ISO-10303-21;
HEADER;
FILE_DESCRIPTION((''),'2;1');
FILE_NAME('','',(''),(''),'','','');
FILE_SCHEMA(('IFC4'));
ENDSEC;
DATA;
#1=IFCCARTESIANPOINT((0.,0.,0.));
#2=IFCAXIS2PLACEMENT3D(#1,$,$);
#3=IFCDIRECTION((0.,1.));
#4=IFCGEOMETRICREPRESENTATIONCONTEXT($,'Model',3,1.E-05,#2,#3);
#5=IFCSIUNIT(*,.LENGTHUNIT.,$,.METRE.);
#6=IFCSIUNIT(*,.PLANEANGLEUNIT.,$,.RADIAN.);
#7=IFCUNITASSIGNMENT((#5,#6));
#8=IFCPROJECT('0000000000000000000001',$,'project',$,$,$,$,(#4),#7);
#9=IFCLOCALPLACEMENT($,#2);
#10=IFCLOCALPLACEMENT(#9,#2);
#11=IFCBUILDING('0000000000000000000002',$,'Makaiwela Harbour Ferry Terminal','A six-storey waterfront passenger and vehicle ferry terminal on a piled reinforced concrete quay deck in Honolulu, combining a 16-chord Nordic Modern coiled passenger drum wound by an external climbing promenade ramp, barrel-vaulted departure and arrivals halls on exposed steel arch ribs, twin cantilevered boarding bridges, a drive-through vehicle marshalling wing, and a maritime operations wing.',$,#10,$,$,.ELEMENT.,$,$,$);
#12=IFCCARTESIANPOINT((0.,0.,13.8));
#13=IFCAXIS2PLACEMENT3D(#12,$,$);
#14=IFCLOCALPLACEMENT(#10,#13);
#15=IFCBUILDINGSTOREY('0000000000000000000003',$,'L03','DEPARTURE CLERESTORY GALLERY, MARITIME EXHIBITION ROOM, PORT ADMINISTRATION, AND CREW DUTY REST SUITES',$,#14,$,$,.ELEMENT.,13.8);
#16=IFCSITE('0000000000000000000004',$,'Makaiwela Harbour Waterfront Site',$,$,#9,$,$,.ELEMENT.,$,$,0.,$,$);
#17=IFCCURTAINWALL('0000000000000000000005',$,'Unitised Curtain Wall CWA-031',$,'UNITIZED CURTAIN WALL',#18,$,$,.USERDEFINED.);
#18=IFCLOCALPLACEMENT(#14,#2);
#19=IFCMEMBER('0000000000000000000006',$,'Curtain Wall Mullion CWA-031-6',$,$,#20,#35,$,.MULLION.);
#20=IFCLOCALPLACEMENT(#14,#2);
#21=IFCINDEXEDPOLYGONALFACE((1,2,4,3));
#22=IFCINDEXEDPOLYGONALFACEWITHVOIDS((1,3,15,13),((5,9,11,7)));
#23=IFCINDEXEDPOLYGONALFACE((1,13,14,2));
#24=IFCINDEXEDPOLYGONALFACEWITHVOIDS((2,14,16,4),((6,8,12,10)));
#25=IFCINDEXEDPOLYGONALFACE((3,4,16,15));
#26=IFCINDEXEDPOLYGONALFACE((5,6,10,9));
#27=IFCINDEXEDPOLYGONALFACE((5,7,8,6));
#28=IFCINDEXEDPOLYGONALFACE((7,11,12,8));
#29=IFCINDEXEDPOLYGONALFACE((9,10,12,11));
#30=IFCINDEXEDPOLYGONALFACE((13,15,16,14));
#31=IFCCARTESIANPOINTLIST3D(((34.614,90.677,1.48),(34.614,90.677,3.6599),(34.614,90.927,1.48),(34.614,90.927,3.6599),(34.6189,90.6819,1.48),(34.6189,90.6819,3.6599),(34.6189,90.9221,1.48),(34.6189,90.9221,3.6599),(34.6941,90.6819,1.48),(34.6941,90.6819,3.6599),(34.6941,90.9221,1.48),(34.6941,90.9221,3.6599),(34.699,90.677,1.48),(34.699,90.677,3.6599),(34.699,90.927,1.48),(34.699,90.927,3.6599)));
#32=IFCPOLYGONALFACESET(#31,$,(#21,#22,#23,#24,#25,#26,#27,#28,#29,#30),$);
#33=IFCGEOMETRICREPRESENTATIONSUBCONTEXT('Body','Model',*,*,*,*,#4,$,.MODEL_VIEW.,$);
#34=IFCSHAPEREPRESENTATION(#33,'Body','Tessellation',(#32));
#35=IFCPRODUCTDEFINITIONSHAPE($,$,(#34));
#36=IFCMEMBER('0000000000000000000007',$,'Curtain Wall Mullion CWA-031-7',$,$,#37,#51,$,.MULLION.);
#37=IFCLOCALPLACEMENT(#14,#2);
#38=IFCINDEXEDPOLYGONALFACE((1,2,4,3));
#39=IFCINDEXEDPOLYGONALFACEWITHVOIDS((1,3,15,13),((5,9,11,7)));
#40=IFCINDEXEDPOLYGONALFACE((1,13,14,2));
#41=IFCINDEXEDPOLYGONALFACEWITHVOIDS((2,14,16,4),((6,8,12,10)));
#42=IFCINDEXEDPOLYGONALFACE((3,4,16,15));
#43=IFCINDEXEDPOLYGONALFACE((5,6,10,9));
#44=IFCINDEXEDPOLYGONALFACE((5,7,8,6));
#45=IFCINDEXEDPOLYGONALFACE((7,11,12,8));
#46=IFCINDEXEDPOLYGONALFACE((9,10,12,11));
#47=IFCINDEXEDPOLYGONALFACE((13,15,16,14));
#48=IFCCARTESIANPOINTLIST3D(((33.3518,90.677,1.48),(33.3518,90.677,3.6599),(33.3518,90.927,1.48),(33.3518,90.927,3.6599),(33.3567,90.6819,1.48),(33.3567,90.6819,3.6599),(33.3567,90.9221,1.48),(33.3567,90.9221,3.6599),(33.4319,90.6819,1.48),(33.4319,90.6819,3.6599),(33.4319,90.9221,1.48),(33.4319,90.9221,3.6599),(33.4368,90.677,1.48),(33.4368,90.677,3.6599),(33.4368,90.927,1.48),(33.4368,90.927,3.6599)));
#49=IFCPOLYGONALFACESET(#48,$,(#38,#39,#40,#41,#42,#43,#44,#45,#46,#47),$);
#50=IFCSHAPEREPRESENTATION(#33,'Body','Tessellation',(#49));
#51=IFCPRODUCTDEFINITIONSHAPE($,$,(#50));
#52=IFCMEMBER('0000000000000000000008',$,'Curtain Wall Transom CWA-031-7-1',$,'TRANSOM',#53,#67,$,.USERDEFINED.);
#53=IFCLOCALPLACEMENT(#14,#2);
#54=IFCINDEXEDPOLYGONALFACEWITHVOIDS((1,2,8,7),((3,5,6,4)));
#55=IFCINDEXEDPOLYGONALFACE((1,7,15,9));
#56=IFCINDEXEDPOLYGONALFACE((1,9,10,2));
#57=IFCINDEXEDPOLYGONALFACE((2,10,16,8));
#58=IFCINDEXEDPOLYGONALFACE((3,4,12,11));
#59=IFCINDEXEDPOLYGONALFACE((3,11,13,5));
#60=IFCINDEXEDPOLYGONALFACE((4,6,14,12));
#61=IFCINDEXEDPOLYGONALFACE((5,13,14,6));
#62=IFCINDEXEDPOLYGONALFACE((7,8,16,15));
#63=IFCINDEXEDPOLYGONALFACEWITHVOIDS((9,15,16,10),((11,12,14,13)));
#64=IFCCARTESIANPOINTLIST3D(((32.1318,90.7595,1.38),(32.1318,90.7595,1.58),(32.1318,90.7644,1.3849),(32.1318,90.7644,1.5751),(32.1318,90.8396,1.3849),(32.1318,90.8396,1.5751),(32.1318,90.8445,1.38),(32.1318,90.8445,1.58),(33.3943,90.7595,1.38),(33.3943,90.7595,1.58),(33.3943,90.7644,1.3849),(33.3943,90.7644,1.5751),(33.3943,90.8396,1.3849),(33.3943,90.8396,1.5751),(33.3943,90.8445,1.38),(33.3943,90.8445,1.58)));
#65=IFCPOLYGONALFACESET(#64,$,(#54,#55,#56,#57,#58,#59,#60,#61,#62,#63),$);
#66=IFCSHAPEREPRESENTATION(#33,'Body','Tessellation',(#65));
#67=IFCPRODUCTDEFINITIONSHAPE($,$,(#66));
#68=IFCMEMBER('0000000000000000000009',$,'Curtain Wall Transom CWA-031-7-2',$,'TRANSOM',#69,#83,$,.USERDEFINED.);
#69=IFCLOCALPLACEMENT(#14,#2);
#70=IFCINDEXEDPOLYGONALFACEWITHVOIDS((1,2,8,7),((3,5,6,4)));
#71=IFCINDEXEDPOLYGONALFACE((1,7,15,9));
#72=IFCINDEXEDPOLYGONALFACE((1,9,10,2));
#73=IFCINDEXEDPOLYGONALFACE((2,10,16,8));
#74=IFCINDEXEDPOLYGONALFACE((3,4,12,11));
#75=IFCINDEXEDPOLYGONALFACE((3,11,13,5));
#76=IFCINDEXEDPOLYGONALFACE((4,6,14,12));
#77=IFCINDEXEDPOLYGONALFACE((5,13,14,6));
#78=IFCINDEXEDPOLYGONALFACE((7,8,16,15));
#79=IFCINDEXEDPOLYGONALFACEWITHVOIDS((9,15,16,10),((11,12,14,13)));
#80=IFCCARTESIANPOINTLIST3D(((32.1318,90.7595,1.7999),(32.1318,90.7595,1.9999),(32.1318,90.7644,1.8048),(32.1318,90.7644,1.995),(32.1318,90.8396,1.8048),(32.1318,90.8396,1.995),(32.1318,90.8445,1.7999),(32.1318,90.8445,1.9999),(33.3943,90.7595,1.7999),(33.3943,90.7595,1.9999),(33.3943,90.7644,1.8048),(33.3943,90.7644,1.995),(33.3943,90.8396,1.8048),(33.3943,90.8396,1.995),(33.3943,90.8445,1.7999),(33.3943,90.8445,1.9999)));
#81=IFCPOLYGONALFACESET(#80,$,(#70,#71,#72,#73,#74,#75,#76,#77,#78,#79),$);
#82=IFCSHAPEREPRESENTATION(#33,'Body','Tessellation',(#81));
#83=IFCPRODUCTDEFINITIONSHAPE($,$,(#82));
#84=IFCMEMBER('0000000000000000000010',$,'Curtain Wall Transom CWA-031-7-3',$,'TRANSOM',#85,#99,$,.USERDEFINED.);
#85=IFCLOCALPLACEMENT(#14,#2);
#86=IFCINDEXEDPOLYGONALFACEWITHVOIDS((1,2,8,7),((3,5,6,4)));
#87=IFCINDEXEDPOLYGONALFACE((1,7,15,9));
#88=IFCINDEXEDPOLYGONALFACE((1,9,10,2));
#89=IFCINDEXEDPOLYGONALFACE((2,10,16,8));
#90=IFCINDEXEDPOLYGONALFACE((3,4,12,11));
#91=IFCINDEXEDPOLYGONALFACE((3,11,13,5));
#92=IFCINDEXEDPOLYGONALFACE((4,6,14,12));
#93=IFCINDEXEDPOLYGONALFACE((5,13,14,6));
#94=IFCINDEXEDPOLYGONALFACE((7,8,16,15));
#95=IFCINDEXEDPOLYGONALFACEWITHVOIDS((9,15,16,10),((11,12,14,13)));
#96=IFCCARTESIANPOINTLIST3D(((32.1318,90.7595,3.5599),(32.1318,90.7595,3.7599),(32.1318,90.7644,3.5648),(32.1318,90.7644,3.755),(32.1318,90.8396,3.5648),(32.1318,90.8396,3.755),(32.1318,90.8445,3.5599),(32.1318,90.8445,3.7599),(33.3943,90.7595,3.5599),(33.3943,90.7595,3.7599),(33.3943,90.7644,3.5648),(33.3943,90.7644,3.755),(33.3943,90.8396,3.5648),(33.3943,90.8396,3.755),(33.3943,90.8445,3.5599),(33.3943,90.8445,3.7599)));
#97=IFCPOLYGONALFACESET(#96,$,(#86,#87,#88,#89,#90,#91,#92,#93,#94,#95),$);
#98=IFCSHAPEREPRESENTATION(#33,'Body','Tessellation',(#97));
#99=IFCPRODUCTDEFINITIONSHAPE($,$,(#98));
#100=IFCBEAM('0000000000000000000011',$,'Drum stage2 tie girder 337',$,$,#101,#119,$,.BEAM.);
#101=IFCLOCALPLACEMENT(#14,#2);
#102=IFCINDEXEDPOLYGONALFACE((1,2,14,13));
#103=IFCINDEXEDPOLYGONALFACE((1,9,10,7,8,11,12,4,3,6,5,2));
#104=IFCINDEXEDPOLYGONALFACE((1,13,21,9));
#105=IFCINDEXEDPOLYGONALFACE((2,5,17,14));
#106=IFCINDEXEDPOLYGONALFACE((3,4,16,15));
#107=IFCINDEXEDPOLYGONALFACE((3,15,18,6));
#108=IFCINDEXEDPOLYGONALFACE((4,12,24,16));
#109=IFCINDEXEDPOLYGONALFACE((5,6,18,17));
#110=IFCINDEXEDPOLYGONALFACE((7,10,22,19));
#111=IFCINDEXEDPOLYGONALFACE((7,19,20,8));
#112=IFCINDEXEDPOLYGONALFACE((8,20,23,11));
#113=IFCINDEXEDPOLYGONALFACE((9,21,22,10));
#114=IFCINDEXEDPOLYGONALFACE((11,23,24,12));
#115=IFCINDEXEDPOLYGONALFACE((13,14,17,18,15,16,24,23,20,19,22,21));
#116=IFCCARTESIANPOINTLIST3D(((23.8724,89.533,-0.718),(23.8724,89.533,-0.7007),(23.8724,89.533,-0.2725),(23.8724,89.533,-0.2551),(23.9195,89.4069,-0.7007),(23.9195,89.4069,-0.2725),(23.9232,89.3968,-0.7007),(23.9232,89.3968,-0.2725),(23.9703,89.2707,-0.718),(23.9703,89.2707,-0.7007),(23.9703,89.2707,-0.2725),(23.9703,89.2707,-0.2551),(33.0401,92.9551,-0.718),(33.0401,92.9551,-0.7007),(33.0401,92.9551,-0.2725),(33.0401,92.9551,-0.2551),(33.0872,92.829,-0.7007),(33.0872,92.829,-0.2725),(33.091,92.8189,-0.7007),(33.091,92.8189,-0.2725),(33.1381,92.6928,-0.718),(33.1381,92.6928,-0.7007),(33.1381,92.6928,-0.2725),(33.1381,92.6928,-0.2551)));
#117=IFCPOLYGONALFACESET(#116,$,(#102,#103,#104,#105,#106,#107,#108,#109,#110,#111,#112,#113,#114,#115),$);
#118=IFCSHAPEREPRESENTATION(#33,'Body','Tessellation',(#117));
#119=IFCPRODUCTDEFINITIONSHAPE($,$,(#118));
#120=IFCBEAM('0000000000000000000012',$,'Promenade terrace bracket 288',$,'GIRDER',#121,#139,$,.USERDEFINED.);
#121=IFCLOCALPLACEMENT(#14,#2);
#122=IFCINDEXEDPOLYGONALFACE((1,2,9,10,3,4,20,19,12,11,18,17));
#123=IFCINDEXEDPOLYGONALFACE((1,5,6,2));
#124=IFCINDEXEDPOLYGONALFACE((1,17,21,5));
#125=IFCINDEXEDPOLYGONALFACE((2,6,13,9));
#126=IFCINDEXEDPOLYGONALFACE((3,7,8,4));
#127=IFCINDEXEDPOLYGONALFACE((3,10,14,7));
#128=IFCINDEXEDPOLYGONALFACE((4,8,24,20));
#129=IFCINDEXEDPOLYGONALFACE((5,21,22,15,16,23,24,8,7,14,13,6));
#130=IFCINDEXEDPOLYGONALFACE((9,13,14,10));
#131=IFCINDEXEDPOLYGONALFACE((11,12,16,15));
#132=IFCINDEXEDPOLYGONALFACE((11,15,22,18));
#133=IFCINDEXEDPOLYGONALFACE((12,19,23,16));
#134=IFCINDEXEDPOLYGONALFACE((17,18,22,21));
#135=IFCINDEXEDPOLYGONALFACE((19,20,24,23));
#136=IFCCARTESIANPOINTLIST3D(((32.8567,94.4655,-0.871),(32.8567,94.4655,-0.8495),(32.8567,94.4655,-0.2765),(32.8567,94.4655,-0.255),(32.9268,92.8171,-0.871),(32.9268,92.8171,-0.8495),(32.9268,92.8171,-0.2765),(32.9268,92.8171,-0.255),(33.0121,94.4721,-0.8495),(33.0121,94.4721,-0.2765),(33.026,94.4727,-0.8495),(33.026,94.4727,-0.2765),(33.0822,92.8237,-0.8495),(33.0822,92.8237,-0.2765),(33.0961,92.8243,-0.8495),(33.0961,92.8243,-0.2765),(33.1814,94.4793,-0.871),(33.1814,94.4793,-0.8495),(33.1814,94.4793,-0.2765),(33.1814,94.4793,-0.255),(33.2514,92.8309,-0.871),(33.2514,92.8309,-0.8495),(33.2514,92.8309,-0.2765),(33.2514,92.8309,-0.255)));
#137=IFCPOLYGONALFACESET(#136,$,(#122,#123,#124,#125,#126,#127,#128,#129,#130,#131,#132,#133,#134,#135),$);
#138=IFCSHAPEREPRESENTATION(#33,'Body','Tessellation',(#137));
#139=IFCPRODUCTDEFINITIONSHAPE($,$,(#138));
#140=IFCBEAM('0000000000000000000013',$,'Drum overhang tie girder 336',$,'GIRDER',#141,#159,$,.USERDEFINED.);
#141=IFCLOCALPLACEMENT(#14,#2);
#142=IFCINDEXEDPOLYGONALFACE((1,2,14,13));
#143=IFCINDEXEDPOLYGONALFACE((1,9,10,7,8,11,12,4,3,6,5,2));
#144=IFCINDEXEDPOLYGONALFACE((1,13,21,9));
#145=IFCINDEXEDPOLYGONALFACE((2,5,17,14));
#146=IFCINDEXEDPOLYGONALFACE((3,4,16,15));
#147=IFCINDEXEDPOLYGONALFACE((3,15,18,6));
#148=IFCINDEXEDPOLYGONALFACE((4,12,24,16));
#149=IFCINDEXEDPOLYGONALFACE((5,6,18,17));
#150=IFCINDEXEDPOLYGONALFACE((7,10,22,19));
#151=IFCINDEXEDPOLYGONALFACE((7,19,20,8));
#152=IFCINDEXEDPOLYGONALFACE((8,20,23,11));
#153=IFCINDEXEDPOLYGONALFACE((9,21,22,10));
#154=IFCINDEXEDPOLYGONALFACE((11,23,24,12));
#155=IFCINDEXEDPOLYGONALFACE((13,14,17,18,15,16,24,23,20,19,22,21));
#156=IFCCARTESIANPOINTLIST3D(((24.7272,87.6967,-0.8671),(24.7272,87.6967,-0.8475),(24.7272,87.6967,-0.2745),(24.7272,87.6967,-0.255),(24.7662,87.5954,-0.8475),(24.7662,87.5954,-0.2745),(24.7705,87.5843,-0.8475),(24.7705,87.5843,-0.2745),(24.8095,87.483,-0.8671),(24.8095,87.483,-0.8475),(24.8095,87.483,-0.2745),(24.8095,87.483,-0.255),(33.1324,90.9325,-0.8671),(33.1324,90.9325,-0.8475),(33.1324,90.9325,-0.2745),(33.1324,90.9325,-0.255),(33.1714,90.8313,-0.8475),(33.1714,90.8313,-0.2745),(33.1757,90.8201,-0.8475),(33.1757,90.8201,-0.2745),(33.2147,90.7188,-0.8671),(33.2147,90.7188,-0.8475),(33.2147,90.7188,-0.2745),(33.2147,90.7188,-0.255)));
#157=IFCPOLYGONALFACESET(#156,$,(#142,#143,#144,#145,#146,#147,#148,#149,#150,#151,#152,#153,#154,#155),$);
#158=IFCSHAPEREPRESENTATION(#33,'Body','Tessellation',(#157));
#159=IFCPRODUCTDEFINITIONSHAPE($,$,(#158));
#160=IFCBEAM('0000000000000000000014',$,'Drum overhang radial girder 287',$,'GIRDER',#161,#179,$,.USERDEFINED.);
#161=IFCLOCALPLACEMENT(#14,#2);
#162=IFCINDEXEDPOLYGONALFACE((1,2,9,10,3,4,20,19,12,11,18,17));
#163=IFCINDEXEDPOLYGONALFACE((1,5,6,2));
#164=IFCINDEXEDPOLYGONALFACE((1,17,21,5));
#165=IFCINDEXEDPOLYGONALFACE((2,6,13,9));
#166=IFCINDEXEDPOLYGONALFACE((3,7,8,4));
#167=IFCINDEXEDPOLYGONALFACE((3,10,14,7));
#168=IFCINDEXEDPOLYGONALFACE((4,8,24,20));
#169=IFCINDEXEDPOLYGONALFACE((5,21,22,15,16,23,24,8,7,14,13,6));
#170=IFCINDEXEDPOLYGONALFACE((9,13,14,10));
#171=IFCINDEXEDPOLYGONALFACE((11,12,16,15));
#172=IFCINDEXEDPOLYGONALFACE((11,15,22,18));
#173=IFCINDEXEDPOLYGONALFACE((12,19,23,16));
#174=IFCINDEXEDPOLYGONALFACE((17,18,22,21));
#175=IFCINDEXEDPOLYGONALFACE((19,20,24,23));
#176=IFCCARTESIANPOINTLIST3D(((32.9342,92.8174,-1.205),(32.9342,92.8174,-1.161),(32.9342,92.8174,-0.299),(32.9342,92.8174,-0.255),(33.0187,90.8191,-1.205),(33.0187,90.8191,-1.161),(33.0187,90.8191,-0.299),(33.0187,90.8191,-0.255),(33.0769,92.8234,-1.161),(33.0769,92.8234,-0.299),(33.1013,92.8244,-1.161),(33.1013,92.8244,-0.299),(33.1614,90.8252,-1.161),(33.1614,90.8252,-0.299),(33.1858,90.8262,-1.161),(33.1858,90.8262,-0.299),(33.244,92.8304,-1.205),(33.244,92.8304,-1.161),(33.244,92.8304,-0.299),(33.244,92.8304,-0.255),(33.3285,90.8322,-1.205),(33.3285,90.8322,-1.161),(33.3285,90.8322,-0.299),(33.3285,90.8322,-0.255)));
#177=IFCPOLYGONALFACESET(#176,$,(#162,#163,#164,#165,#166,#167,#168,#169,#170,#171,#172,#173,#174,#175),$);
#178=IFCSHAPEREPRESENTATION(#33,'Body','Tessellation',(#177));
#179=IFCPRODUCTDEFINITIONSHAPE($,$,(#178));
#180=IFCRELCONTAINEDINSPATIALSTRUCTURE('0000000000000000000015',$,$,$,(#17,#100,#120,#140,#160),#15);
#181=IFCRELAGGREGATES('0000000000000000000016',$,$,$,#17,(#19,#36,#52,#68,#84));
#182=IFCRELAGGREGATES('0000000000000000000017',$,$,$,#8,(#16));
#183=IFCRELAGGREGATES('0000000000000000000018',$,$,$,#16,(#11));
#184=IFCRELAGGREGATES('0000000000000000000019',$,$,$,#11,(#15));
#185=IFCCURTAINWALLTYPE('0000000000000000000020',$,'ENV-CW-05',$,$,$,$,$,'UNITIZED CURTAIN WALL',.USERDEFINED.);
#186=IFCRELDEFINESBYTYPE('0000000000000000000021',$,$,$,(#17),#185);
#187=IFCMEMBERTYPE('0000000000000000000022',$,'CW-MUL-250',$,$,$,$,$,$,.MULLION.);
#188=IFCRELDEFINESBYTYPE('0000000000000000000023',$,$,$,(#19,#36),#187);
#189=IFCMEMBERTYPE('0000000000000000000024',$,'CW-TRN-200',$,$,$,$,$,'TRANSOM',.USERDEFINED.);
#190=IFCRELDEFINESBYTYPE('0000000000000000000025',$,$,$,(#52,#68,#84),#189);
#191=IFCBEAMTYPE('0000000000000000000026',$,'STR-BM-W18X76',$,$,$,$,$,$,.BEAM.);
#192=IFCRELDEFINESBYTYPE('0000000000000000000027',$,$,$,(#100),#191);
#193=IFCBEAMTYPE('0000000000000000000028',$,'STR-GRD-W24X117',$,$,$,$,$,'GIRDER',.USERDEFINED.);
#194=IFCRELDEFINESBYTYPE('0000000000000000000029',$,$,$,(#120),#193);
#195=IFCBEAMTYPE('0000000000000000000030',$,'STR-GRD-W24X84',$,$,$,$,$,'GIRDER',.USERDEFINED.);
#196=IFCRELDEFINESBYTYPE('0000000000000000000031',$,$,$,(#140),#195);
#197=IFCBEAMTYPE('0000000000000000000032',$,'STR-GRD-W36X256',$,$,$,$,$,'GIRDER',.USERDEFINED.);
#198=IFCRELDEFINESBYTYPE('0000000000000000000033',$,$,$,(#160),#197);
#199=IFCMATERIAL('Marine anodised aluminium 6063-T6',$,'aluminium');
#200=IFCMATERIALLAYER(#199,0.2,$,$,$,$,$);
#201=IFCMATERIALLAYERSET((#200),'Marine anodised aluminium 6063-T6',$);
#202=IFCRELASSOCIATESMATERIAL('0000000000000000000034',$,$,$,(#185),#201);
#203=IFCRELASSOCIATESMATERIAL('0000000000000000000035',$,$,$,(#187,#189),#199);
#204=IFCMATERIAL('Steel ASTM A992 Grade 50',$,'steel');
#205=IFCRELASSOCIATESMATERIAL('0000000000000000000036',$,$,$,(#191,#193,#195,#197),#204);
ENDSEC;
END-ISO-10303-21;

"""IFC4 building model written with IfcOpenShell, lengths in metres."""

from ifc_helpers import new_model, si_unit, direction, frame, origin, origin_2d, place, context, subcontext, project, spatial, hollow_rectangle, i_section, extrude, material, layer, layer_set, material_profile, profile_set, type_object, element, aggregate, save


model = new_model("IFC4")

# Units and contexts
model_context = context("Model", 3, precision=1e-05, world=origin(), true_north=direction((0.0, 1.0)))
body_context = subcontext(model_context, "Body", "Model", "MODEL_VIEW")
ifc_project = project(units=[si_unit("LENGTHUNIT", "METRE"), si_unit("PLANEANGLEUNIT", "RADIAN")], contexts=[model_context])

# Site, building, storey
site_placement = place(None, origin())
site = spatial("IfcSite", under=ifc_project, at=site_placement, Name="Makaiwela Harbour Waterfront Site", CompositionType="ELEMENT", RefElevation=0.0)
building_placement = place(site_placement, origin())
building = spatial("IfcBuilding", under=site, at=building_placement, Name="Makaiwela Harbour Ferry Terminal", Description="A six-storey waterfront passenger and vehicle ferry terminal on a piled reinforced concrete quay deck in Honolulu, combining a 16-chord Nordic Modern coiled passenger drum wound by an external climbing promenade ramp, barrel-vaulted departure and arrivals halls on exposed steel arch ribs, twin cantilevered boarding bridges, a drive-through vehicle marshalling wing, and a maritime operations wing.", CompositionType="ELEMENT")
storey_placement = place(building_placement, frame((0.0, 0.0, 13.8)))
storey = spatial("IfcBuildingStorey", under=building, at=storey_placement, Name="L03", Description="DEPARTURE CLERESTORY GALLERY, MARITIME EXHIBITION ROOM, PORT ADMINISTRATION, AND CREW DUTY REST SUITES", CompositionType="ELEMENT", Elevation=13.8)

# Curtain wall, members
ifc_material_1 = material(Name="Marine anodised aluminium 6063-T6", Category="aluminium")
ifc_layer_1 = layer(ifc_material_1, 0.2)
ifc_layer_set_1 = layer_set([ifc_layer_1], Name="Marine anodised aluminium 6063-T6")
curtain_wall_type = type_object("IfcCurtainWallType", Name="ENV-CW-05", ElementType="UNITIZED CURTAIN WALL", PredefinedType="USERDEFINED", material=ifc_layer_set_1)
curtain_wall_placement = place(storey_placement, origin())
curtain_wall = element("IfcCurtainWall", 1, at=curtain_wall_placement, inside=storey, type_object=curtain_wall_type, Name="Unitised Curtain Wall CWA-031", ObjectType="UNITIZED CURTAIN WALL", PredefinedType="USERDEFINED")
ifc_material_profile_1 = material_profile(ifc_material_1, hollow_rectangle(XDim=0.085, YDim=0.25, WallThickness=0.0049, at=origin_2d()), Name="CWM-250X85")
ifc_profile_set_1 = profile_set([ifc_material_profile_1], Name="Marine anodised aluminium 6063-T6")
member_type_1 = type_object("IfcMemberType", Name="CW-MUL-250", PredefinedType="MULLION", material=ifc_profile_set_1)
member_1_placement = place(storey_placement, frame((34.6565, 90.802, 1.48), z_axis=(0.0, 0.0, 1.0), x_axis=(1.0, 0.0, 0.0)))
member_1 = element("IfcMember", 2, at=member_1_placement, type_object=member_type_1, Name="Curtain Wall Mullion CWA-031-6", PredefinedType="MULLION", context=body_context, shape_type="SweptSolid", body=[
    extrude(hollow_rectangle(XDim=0.085, YDim=0.25, WallThickness=0.0049, at=origin_2d()), origin(), (0.0, 0.0, 1.0), 2.1799),
])
member_2_placement = place(storey_placement, frame((33.3943, 90.802, 1.48), z_axis=(0.0, 0.0, 1.0), x_axis=(1.0, 0.0, 0.0)))
member_2 = element("IfcMember", 3, at=member_2_placement, type_object=member_type_1, Name="Curtain Wall Mullion CWA-031-7", PredefinedType="MULLION", context=body_context, shape_type="SweptSolid", body=[
    extrude(hollow_rectangle(XDim=0.085, YDim=0.25, WallThickness=0.0049, at=origin_2d()), origin(), (0.0, 0.0, 1.0), 2.1799),
])
ifc_material_profile_2 = material_profile(ifc_material_1, hollow_rectangle(XDim=0.085, YDim=0.2, WallThickness=0.0049, at=origin_2d()), Name="CWT-200X85")
ifc_profile_set_2 = profile_set([ifc_material_profile_2], Name="Marine anodised aluminium 6063-T6")
member_type_2 = type_object("IfcMemberType", Name="CW-TRN-200", ElementType="TRANSOM", PredefinedType="USERDEFINED", material=ifc_profile_set_2)
member_3_placement = place(storey_placement, frame((33.3943, 90.802, 1.48), z_axis=(-1.0, 0.0, 0.0), x_axis=(0.0, -1.0, 0.0)))
member_3 = element("IfcMember", 4, at=member_3_placement, type_object=member_type_2, Name="Curtain Wall Transom CWA-031-7-1", ObjectType="TRANSOM", PredefinedType="USERDEFINED", context=body_context, shape_type="SweptSolid", body=[
    extrude(hollow_rectangle(XDim=0.085, YDim=0.2, WallThickness=0.0049, at=origin_2d()), origin(), (0.0, 0.0, 1.0), 1.2625),
])
member_4_placement = place(storey_placement, frame((33.3943, 90.802, 1.8999), z_axis=(-1.0, 0.0, 0.0), x_axis=(0.0, -1.0, 0.0)))
member_4 = element("IfcMember", 5, at=member_4_placement, type_object=member_type_2, Name="Curtain Wall Transom CWA-031-7-2", ObjectType="TRANSOM", PredefinedType="USERDEFINED", context=body_context, shape_type="SweptSolid", body=[
    extrude(hollow_rectangle(XDim=0.085, YDim=0.2, WallThickness=0.0049, at=origin_2d()), origin(), (0.0, 0.0, 1.0), 1.2625),
])
member_5_placement = place(storey_placement, frame((33.3943, 90.802, 3.6599), z_axis=(-1.0, 0.0, 0.0), x_axis=(0.0, -1.0, 0.0)))
member_5 = element("IfcMember", 6, at=member_5_placement, type_object=member_type_2, Name="Curtain Wall Transom CWA-031-7-3", ObjectType="TRANSOM", PredefinedType="USERDEFINED", context=body_context, shape_type="SweptSolid", body=[
    extrude(hollow_rectangle(XDim=0.085, YDim=0.2, WallThickness=0.0049, at=origin_2d()), origin(), (0.0, 0.0, 1.0), 1.2625),
])

# Beams
ifc_material_2 = material(Name="Steel ASTM A992 Grade 50", Category="steel")
ifc_material_profile_3 = material_profile(ifc_material_2, i_section(OverallWidth=0.28, OverallDepth=0.4629, WebThickness=0.0107, FlangeThickness=0.0173, at=origin_2d()), Name="W18X76")
ifc_profile_set_3 = profile_set([ifc_material_profile_3], Name="Steel ASTM A992 Grade 50")
beam_type_1 = type_object("IfcBeamType", Name="STR-BM-W18X76", PredefinedType="BEAM", material=ifc_profile_set_3)
beam_1_placement = place(storey_placement, frame((33.0891, 92.824, -0.4866), z_axis=(-0.936858, -0.349709, 0.0), x_axis=(0.349709, -0.936858, 0.0)))
element("IfcBeam", 7, at=beam_1_placement, inside=storey, type_object=beam_type_1, Name="Drum stage2 tie girder 337", PredefinedType="BEAM", context=body_context, shape_type="SweptSolid", body=[
    extrude(i_section(OverallWidth=0.28, OverallDepth=0.4629, WebThickness=0.0107, FlangeThickness=0.0173, at=origin_2d()), origin(), (0.0, 0.0, 1.0), 9.7856),
])
ifc_material_profile_4 = material_profile(ifc_material_2, i_section(OverallWidth=0.325, OverallDepth=0.616, WebThickness=0.0139, FlangeThickness=0.0215, at=origin_2d()), Name="W24X117")
ifc_profile_set_4 = profile_set([ifc_material_profile_4], Name="Steel ASTM A992 Grade 50")
beam_type_2 = type_object("IfcBeamType", Name="STR-GRD-W24X117", ElementType="GIRDER", PredefinedType="USERDEFINED", material=ifc_profile_set_4)
beam_2_placement = place(storey_placement, frame((33.0891, 92.824, -0.563), z_axis=(-0.042468, 0.999098, 0.0), x_axis=(-0.999098, -0.042468, 0.0)))
element("IfcBeam", 8, at=beam_2_placement, inside=storey, type_object=beam_type_2, Name="Promenade terrace bracket 288", ObjectType="GIRDER", PredefinedType="USERDEFINED", context=body_context, shape_type="SweptSolid", body=[
    extrude(i_section(OverallWidth=0.325, OverallDepth=0.616, WebThickness=0.0139, FlangeThickness=0.0215, at=origin_2d()), origin(), (0.0, 0.0, 1.0), 1.6499),
])
ifc_material_profile_5 = material_profile(ifc_material_2, i_section(OverallWidth=0.229, OverallDepth=0.6121, WebThickness=0.012, FlangeThickness=0.0195, at=origin_2d()), Name="W24X84")
ifc_profile_set_5 = profile_set([ifc_material_profile_5], Name="Steel ASTM A992 Grade 50")
beam_type_3 = type_object("IfcBeamType", Name="STR-GRD-W24X84", ElementType="GIRDER", PredefinedType="USERDEFINED", material=ifc_profile_set_5)
beam_3_placement = place(storey_placement, frame((33.1736, 90.8257, -0.561), z_axis=(-0.933232, -0.359273, 0.0), x_axis=(0.359273, -0.933232, 0.0)))
element("IfcBeam", 9, at=beam_3_placement, inside=storey, type_object=beam_type_3, Name="Drum overhang tie girder 336", ObjectType="GIRDER", PredefinedType="USERDEFINED", context=body_context, shape_type="SweptSolid", body=[
    extrude(i_section(OverallWidth=0.229, OverallDepth=0.6121, WebThickness=0.012, FlangeThickness=0.0195, at=origin_2d()), origin(), (0.0, 0.0, 1.0), 9.0066),
])
ifc_material_profile_6 = material_profile(ifc_material_2, i_section(OverallWidth=0.3101, OverallDepth=0.95, WebThickness=0.0244, FlangeThickness=0.0439, at=origin_2d()), Name="W36X256")
ifc_profile_set_6 = profile_set([ifc_material_profile_6], Name="Steel ASTM A992 Grade 50")
beam_type_4 = type_object("IfcBeamType", Name="STR-GRD-W36X256", ElementType="GIRDER", PredefinedType="USERDEFINED", material=ifc_profile_set_6)
beam_4_placement = place(storey_placement, frame((33.1736, 90.8257, -0.73), z_axis=(-0.042235, 0.999108, 0.0), x_axis=(-0.999108, -0.042235, 0.0)))
element("IfcBeam", 10, at=beam_4_placement, inside=storey, type_object=beam_type_4, Name="Drum overhang radial girder 287", ObjectType="GIRDER", PredefinedType="USERDEFINED", context=body_context, shape_type="SweptSolid", body=[
    extrude(i_section(OverallWidth=0.3101, OverallDepth=0.95, WebThickness=0.0244, FlangeThickness=0.0439, at=origin_2d()), origin(), (0.0, 0.0, 1.0), 2.0),
])

aggregate(curtain_wall, [member_1, member_2, member_3, member_4, member_5])

save(model, "model.ifc")
